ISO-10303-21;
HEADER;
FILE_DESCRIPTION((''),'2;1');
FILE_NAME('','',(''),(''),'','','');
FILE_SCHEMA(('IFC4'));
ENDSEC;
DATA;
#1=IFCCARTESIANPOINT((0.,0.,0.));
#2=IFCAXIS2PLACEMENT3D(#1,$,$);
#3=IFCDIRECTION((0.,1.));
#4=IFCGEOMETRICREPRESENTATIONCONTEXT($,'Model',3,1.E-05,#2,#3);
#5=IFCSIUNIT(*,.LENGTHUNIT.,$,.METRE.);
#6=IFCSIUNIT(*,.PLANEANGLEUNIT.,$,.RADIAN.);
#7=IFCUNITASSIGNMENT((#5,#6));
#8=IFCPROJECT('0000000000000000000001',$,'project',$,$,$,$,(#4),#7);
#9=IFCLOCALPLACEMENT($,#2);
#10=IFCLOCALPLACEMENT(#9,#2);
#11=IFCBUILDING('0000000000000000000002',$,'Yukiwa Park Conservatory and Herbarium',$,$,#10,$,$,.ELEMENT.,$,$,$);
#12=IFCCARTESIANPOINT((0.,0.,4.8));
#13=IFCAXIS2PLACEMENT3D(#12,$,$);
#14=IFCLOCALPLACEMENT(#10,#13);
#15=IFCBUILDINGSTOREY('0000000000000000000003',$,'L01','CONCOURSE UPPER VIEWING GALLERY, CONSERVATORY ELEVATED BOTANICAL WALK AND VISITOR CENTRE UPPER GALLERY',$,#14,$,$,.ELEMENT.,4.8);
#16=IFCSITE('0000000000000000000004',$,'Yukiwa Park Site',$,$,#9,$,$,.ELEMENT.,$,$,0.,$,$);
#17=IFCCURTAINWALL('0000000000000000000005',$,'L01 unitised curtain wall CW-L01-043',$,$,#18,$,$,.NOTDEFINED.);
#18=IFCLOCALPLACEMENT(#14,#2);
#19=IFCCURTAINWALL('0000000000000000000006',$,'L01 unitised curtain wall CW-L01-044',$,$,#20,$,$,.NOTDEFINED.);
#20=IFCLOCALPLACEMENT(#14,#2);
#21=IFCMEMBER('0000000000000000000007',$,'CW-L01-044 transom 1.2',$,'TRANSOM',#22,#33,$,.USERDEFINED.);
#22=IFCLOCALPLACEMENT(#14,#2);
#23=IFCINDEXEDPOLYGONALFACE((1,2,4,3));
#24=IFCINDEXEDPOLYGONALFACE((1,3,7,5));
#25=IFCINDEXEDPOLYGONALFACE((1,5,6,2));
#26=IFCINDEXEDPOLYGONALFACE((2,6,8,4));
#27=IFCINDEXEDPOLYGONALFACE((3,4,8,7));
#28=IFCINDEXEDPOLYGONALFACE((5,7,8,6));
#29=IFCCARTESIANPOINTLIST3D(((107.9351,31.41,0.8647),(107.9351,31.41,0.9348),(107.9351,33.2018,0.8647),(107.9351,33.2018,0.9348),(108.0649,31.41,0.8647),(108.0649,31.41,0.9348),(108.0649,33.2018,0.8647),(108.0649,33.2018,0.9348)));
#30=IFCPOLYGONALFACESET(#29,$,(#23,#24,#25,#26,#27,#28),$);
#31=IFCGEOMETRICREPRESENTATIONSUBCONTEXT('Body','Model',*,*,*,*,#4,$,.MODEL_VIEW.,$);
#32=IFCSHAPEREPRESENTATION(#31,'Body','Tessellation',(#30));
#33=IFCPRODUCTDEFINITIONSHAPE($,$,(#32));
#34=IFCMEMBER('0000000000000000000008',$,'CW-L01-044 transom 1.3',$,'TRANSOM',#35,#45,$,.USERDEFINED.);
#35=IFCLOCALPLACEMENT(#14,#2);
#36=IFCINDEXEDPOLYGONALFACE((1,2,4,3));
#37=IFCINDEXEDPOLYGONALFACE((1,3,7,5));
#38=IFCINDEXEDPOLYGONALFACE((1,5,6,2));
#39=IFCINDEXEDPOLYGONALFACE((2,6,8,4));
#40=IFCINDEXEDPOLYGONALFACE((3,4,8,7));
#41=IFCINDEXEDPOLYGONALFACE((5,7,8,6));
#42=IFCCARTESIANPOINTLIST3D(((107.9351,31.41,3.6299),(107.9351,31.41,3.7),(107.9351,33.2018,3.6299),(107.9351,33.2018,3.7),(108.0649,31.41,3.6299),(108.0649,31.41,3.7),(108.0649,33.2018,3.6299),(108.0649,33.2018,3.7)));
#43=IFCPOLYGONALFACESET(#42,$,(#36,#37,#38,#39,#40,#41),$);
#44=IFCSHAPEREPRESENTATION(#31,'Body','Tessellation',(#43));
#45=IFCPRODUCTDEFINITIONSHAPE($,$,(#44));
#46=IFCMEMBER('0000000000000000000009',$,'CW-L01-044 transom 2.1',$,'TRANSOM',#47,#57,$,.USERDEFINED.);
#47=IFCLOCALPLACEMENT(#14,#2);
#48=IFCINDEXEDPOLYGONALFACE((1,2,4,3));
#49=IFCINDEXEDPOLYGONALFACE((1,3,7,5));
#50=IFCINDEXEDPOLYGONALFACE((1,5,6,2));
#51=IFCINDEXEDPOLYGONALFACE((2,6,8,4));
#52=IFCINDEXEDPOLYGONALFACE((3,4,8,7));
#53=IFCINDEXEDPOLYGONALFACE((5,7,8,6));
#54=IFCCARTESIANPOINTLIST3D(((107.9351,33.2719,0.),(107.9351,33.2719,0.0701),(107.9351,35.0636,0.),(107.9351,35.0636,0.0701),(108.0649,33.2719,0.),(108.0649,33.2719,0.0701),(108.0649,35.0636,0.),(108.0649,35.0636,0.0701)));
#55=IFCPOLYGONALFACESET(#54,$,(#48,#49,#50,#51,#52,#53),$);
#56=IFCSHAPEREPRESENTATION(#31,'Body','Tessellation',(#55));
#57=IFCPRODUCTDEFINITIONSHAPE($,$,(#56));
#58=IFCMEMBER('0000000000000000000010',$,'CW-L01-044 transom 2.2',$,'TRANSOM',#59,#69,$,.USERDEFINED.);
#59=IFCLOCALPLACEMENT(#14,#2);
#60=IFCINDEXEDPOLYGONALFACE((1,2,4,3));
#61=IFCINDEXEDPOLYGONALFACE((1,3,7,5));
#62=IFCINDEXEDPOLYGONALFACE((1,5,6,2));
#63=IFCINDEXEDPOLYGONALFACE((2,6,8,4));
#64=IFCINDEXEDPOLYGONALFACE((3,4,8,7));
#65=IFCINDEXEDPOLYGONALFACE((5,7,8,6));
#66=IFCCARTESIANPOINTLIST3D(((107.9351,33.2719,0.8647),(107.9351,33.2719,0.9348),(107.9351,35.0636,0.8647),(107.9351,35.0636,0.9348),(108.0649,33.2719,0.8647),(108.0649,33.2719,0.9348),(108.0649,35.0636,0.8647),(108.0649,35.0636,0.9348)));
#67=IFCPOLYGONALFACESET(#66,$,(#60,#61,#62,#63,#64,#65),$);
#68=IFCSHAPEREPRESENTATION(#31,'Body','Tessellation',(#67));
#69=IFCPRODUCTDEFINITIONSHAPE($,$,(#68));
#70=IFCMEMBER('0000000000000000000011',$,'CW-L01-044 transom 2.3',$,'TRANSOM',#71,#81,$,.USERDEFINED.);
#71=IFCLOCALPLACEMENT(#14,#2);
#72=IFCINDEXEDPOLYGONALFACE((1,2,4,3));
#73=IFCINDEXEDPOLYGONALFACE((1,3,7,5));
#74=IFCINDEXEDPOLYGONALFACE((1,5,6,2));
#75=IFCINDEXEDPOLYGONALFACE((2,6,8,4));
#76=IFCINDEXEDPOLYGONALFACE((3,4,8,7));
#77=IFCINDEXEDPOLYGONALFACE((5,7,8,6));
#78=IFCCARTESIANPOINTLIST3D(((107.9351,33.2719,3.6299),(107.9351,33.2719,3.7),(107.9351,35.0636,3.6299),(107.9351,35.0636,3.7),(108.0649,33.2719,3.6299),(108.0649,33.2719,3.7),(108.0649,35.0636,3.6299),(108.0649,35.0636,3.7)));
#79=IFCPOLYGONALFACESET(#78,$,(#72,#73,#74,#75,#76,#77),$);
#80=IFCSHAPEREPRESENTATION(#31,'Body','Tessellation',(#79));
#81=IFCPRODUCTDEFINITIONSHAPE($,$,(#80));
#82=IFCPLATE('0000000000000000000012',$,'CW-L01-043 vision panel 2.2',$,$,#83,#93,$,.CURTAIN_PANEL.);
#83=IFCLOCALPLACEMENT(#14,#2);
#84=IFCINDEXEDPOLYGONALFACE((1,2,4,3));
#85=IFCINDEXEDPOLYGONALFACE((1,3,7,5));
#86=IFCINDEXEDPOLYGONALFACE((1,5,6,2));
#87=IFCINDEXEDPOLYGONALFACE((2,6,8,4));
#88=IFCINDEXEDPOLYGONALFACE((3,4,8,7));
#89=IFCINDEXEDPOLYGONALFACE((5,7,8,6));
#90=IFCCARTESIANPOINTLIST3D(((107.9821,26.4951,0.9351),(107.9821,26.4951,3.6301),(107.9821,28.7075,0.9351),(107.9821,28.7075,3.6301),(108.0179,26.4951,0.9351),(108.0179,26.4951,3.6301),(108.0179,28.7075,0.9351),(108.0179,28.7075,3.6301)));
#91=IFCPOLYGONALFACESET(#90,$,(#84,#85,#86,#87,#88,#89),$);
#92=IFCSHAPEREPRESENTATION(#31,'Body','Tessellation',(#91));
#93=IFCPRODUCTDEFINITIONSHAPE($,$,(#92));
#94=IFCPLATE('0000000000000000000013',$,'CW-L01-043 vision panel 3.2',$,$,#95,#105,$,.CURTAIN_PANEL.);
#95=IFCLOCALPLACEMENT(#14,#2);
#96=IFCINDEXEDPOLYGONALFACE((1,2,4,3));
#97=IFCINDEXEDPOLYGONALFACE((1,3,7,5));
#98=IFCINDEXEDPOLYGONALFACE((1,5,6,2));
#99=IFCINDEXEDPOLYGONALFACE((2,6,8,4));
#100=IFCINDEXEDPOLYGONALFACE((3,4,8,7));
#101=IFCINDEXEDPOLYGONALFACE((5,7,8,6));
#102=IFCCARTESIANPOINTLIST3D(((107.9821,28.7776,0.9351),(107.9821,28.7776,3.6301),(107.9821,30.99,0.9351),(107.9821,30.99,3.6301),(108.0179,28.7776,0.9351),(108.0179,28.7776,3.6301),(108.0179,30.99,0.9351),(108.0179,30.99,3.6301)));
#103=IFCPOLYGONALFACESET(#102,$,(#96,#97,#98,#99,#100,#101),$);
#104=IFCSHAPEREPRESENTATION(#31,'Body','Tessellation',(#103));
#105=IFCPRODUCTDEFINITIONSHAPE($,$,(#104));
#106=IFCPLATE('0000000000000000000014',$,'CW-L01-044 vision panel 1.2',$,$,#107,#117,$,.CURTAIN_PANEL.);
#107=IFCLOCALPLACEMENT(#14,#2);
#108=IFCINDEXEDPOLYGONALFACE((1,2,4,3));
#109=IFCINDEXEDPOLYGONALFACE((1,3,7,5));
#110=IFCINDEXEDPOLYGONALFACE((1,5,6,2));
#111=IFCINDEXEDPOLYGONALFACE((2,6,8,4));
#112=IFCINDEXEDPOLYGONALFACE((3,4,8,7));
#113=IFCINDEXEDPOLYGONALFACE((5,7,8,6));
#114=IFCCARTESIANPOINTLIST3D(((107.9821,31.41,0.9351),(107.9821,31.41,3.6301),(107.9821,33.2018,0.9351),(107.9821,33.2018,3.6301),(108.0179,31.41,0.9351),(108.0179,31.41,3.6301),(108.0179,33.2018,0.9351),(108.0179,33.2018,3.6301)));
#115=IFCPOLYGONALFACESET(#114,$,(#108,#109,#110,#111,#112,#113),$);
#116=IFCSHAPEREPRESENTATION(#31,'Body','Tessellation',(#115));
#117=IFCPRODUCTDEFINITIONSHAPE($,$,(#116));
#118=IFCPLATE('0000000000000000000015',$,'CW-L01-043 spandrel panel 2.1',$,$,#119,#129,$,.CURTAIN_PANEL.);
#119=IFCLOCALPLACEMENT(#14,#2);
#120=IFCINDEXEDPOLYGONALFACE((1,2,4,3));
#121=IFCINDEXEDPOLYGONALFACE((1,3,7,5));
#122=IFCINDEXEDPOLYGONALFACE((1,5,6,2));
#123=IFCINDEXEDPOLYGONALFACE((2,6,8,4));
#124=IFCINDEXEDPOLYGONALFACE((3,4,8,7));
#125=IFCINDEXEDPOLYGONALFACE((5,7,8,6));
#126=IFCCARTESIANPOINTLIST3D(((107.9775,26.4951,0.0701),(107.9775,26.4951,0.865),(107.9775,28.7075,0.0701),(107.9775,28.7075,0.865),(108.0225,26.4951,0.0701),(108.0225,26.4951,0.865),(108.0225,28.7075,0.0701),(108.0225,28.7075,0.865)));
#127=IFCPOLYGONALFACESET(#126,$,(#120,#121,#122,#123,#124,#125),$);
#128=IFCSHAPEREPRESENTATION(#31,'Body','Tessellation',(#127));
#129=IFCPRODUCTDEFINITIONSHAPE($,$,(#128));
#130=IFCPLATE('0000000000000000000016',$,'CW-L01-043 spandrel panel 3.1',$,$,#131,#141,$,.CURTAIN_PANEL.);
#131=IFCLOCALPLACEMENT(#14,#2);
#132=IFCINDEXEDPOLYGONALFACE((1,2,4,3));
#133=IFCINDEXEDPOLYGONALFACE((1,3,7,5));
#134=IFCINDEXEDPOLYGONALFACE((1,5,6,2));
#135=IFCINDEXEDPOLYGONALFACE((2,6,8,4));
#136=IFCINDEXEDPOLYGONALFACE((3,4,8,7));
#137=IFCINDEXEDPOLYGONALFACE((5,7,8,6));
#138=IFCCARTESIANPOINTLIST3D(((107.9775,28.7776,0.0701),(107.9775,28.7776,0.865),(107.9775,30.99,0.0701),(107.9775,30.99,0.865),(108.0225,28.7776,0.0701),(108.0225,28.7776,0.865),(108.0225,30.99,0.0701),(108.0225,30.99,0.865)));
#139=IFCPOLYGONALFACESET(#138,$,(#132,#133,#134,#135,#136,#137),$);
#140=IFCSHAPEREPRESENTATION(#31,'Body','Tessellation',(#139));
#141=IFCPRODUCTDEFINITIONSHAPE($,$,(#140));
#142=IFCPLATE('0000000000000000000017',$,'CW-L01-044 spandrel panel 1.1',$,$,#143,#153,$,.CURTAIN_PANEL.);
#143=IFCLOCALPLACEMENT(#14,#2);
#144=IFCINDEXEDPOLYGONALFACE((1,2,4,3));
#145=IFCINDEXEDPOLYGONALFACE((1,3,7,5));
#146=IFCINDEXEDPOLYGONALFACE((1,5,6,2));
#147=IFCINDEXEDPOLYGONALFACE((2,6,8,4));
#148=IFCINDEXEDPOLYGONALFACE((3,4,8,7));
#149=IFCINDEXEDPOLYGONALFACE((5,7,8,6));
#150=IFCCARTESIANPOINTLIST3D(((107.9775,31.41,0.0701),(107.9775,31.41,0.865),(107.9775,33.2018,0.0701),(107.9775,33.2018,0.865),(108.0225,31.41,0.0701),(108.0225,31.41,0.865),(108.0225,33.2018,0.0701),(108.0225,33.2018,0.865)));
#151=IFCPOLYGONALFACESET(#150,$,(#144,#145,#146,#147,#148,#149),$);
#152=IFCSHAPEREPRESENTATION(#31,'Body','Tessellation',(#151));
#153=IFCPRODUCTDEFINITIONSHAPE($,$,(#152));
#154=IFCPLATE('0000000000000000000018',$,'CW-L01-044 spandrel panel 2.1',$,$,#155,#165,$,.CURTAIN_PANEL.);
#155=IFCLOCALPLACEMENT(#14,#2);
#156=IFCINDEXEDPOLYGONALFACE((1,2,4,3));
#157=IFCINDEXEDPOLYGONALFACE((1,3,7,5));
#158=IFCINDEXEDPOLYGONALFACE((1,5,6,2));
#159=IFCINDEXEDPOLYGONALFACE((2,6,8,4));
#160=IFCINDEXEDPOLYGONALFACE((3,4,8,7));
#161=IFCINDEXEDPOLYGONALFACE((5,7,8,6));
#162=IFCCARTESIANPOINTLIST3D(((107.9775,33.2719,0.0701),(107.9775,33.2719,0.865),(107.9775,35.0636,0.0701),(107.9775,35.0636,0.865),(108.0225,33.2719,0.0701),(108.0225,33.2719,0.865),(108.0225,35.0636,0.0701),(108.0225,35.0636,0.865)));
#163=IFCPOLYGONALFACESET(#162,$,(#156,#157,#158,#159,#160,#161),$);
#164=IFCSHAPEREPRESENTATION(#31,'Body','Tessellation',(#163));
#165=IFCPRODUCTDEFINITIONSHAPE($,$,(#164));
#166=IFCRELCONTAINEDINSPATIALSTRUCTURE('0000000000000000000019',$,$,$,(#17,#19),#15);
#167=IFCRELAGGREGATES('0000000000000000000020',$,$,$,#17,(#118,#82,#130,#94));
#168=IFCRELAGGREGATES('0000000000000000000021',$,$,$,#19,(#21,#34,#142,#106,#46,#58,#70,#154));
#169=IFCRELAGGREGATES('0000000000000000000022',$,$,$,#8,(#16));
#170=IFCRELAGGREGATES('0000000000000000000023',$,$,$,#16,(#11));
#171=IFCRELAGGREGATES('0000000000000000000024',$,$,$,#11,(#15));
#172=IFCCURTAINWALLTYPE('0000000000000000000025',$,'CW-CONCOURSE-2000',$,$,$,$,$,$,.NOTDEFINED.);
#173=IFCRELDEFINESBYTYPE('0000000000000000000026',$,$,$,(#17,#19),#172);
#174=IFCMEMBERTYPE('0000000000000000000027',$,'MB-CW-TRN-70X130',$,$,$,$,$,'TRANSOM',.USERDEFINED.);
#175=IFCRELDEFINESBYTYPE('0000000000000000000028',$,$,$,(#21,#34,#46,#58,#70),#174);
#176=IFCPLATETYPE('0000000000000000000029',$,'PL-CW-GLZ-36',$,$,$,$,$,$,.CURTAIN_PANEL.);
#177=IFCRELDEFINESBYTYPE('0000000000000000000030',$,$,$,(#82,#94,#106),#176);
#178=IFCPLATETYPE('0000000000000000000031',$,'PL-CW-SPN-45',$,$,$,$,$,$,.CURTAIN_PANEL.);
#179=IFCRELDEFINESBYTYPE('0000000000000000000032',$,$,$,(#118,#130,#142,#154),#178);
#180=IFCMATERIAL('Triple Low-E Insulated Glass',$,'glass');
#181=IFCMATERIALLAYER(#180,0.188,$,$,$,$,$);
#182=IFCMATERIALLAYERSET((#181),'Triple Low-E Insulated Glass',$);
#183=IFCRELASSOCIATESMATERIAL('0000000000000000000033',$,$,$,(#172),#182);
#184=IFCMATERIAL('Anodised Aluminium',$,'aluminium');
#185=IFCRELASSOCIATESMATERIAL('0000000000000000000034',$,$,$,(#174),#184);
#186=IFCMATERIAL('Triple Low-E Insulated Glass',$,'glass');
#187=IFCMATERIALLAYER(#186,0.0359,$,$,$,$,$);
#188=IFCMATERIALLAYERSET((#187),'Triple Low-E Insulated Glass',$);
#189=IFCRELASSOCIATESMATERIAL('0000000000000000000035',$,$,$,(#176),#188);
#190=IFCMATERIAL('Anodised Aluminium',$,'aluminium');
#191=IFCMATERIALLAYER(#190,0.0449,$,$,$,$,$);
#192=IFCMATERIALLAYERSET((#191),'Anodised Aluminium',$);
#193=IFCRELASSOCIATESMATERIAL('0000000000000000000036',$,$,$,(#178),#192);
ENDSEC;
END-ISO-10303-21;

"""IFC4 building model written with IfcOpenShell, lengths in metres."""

from ifc_helpers import new_model, si_unit, direction, frame, origin, origin_2d, place, context, subcontext, project, spatial, rectangle, extrude, material, layer, layer_set, type_object, element, aggregate, save


model = new_model("IFC4")

# Units and contexts
model_context = context("Model", 3, precision=1e-05, world=origin(), true_north=direction((0.0, 1.0)))
body_context = subcontext(model_context, "Body", "Model", "MODEL_VIEW")
ifc_project = project(units=[si_unit("LENGTHUNIT", "METRE"), si_unit("PLANEANGLEUNIT", "RADIAN")], contexts=[model_context])

# Site, building, storey
site_placement = place(None, origin())
site = spatial("IfcSite", under=ifc_project, at=site_placement, Name="Yukiwa Park Site", CompositionType="ELEMENT", RefElevation=0.0)
building_placement = place(site_placement, origin())
building = spatial("IfcBuilding", under=site, at=building_placement, Name="Yukiwa Park Conservatory and Herbarium", CompositionType="ELEMENT")
storey_placement = place(building_placement, frame((0.0, 0.0, 4.8)))
storey = spatial("IfcBuildingStorey", under=building, at=storey_placement, Name="L01", Description="CONCOURSE UPPER VIEWING GALLERY, CONSERVATORY ELEVATED BOTANICAL WALK AND VISITOR CENTRE UPPER GALLERY", CompositionType="ELEMENT", Elevation=4.8)

# Curtain walls
ifc_material_1 = material(Name="Triple Low-E Insulated Glass", Category="glass")
ifc_layer_1 = layer(ifc_material_1, 0.188)
ifc_layer_set_1 = layer_set([ifc_layer_1], Name="Triple Low-E Insulated Glass")
curtain_wall_type = type_object("IfcCurtainWallType", Name="CW-CONCOURSE-2000", PredefinedType="NOTDEFINED", material=ifc_layer_set_1)
curtain_wall_1_placement = place(storey_placement, origin())
curtain_wall_1 = element("IfcCurtainWall", 1, at=curtain_wall_1_placement, inside=storey, type_object=curtain_wall_type, Name="L01 unitised curtain wall CW-L01-043", PredefinedType="NOTDEFINED")
curtain_wall_2_placement = place(storey_placement, origin())
curtain_wall_2 = element("IfcCurtainWall", 2, at=curtain_wall_2_placement, inside=storey, type_object=curtain_wall_type, Name="L01 unitised curtain wall CW-L01-044", PredefinedType="NOTDEFINED")

# Members
ifc_material_2 = material(Name="Anodised Aluminium", Category="aluminium")
member_type_1 = type_object("IfcMemberType", Name="MB-CW-TRN-70X130", ElementType="TRANSOM", PredefinedType="USERDEFINED", material=ifc_material_2)
member_1_placement = place(storey_placement, frame((108.0, 32.3059, 0.8647), z_axis=(0.0, 0.0, 1.0), x_axis=(0.0, 1.0, 0.0)))
member_1 = element("IfcMember", 3, at=member_1_placement, type_object=member_type_1, Name="CW-L01-044 transom 1.2", ObjectType="TRANSOM", PredefinedType="USERDEFINED", context=body_context, shape_type="SweptSolid", body=[
    extrude(rectangle(XDim=1.7917, YDim=0.1299, at=origin_2d()), origin(), (0.0, 0.0, 1.0), 0.0701),
])
member_2_placement = place(storey_placement, frame((108.0, 32.3059, 3.6299), z_axis=(0.0, 0.0, 1.0), x_axis=(0.0, 1.0, 0.0)))
member_2 = element("IfcMember", 4, at=member_2_placement, type_object=member_type_1, Name="CW-L01-044 transom 1.3", ObjectType="TRANSOM", PredefinedType="USERDEFINED", context=body_context, shape_type="SweptSolid", body=[
    extrude(rectangle(XDim=1.7917, YDim=0.1299, at=origin_2d()), origin(), (0.0, 0.0, 1.0), 0.0701),
])
member_3_placement = place(storey_placement, frame((108.0, 34.1677, 0.0), z_axis=(0.0, 0.0, 1.0), x_axis=(0.0, 1.0, 0.0)))
member_3 = element("IfcMember", 5, at=member_3_placement, type_object=member_type_1, Name="CW-L01-044 transom 2.1", ObjectType="TRANSOM", PredefinedType="USERDEFINED", context=body_context, shape_type="SweptSolid", body=[
    extrude(rectangle(XDim=1.7917, YDim=0.1299, at=origin_2d()), origin(), (0.0, 0.0, 1.0), 0.0701),
])
member_4_placement = place(storey_placement, frame((108.0, 34.1677, 0.8647), z_axis=(0.0, 0.0, 1.0), x_axis=(0.0, 1.0, 0.0)))
member_4 = element("IfcMember", 6, at=member_4_placement, type_object=member_type_1, Name="CW-L01-044 transom 2.2", ObjectType="TRANSOM", PredefinedType="USERDEFINED", context=body_context, shape_type="SweptSolid", body=[
    extrude(rectangle(XDim=1.7917, YDim=0.1299, at=origin_2d()), origin(), (0.0, 0.0, 1.0), 0.0701),
])
member_5_placement = place(storey_placement, frame((108.0, 34.1677, 3.6299), z_axis=(0.0, 0.0, 1.0), x_axis=(0.0, 1.0, 0.0)))
member_5 = element("IfcMember", 7, at=member_5_placement, type_object=member_type_1, Name="CW-L01-044 transom 2.3", ObjectType="TRANSOM", PredefinedType="USERDEFINED", context=body_context, shape_type="SweptSolid", body=[
    extrude(rectangle(XDim=1.7917, YDim=0.1299, at=origin_2d()), origin(), (0.0, 0.0, 1.0), 0.0701),
])

# Plates
ifc_material_3 = material(Name="Triple Low-E Insulated Glass", Category="glass")
ifc_layer_2 = layer(ifc_material_3, 0.0359)
ifc_layer_set_2 = layer_set([ifc_layer_2], Name="Triple Low-E Insulated Glass")
plate_type_1 = type_object("IfcPlateType", Name="PL-CW-GLZ-36", PredefinedType="CURTAIN_PANEL", material=ifc_layer_set_2)
plate_1_placement = place(storey_placement, frame((108.0, 27.6013, 0.9351), z_axis=(0.0, 0.0, 1.0), x_axis=(0.0, 1.0, 0.0)))
plate_1 = element("IfcPlate", 8, at=plate_1_placement, type_object=plate_type_1, Name="CW-L01-043 vision panel 2.2", PredefinedType="CURTAIN_PANEL", context=body_context, shape_type="SweptSolid", body=[
    extrude(rectangle(XDim=2.2124, YDim=0.0359, at=origin_2d()), origin(), (0.0, 0.0, 1.0), 2.6951),
])
plate_2_placement = place(storey_placement, frame((108.0, 29.8838, 0.9351), z_axis=(0.0, 0.0, 1.0), x_axis=(0.0, 1.0, 0.0)))
plate_2 = element("IfcPlate", 9, at=plate_2_placement, type_object=plate_type_1, Name="CW-L01-043 vision panel 3.2", PredefinedType="CURTAIN_PANEL", context=body_context, shape_type="SweptSolid", body=[
    extrude(rectangle(XDim=2.2124, YDim=0.0359, at=origin_2d()), origin(), (0.0, 0.0, 1.0), 2.6951),
])
plate_3_placement = place(storey_placement, frame((108.0, 32.3059, 0.9351), z_axis=(0.0, 0.0, 1.0), x_axis=(0.0, 1.0, 0.0)))
plate_3 = element("IfcPlate", 10, at=plate_3_placement, type_object=plate_type_1, Name="CW-L01-044 vision panel 1.2", PredefinedType="CURTAIN_PANEL", context=body_context, shape_type="SweptSolid", body=[
    extrude(rectangle(XDim=1.7917, YDim=0.0359, at=origin_2d()), origin(), (0.0, 0.0, 1.0), 2.6951),
])
ifc_material_4 = material(Name="Anodised Aluminium", Category="aluminium")
ifc_layer_3 = layer(ifc_material_4, 0.0449)
ifc_layer_set_3 = layer_set([ifc_layer_3], Name="Anodised Aluminium")
plate_type_2 = type_object("IfcPlateType", Name="PL-CW-SPN-45", PredefinedType="CURTAIN_PANEL", material=ifc_layer_set_3)
plate_4_placement = place(storey_placement, frame((108.0, 27.6013, 0.0701), z_axis=(0.0, 0.0, 1.0), x_axis=(0.0, 1.0, 0.0)))
plate_4 = element("IfcPlate", 11, at=plate_4_placement, type_object=plate_type_2, Name="CW-L01-043 spandrel panel 2.1", PredefinedType="CURTAIN_PANEL", context=body_context, shape_type="SweptSolid", body=[
    extrude(rectangle(XDim=2.2124, YDim=0.0449, at=origin_2d()), origin(), (0.0, 0.0, 1.0), 0.7949),
])
plate_5_placement = place(storey_placement, frame((108.0, 29.8838, 0.0701), z_axis=(0.0, 0.0, 1.0), x_axis=(0.0, 1.0, 0.0)))
plate_5 = element("IfcPlate", 12, at=plate_5_placement, type_object=plate_type_2, Name="CW-L01-043 spandrel panel 3.1", PredefinedType="CURTAIN_PANEL", context=body_context, shape_type="SweptSolid", body=[
    extrude(rectangle(XDim=2.2124, YDim=0.0449, at=origin_2d()), origin(), (0.0, 0.0, 1.0), 0.7949),
])
aggregate(curtain_wall_1, [plate_4, plate_1, plate_5, plate_2])
plate_6_placement = place(storey_placement, frame((108.0, 32.3059, 0.0701), z_axis=(0.0, 0.0, 1.0), x_axis=(0.0, 1.0, 0.0)))
plate_6 = element("IfcPlate", 13, at=plate_6_placement, type_object=plate_type_2, Name="CW-L01-044 spandrel panel 1.1", PredefinedType="CURTAIN_PANEL", context=body_context, shape_type="SweptSolid", body=[
    extrude(rectangle(XDim=1.7917, YDim=0.0449, at=origin_2d()), origin(), (0.0, 0.0, 1.0), 0.7949),
])
plate_7_placement = place(storey_placement, frame((108.0, 34.1677, 0.0701), z_axis=(0.0, 0.0, 1.0), x_axis=(0.0, 1.0, 0.0)))
plate_7 = element("IfcPlate", 14, at=plate_7_placement, type_object=plate_type_2, Name="CW-L01-044 spandrel panel 2.1", PredefinedType="CURTAIN_PANEL", context=body_context, shape_type="SweptSolid", body=[
    extrude(rectangle(XDim=1.7917, YDim=0.0449, at=origin_2d()), origin(), (0.0, 0.0, 1.0), 0.7949),
])
aggregate(curtain_wall_2, [member_1, member_2, plate_6, plate_3, member_3, member_4, member_5, plate_7])

save(model, "model.ifc")
